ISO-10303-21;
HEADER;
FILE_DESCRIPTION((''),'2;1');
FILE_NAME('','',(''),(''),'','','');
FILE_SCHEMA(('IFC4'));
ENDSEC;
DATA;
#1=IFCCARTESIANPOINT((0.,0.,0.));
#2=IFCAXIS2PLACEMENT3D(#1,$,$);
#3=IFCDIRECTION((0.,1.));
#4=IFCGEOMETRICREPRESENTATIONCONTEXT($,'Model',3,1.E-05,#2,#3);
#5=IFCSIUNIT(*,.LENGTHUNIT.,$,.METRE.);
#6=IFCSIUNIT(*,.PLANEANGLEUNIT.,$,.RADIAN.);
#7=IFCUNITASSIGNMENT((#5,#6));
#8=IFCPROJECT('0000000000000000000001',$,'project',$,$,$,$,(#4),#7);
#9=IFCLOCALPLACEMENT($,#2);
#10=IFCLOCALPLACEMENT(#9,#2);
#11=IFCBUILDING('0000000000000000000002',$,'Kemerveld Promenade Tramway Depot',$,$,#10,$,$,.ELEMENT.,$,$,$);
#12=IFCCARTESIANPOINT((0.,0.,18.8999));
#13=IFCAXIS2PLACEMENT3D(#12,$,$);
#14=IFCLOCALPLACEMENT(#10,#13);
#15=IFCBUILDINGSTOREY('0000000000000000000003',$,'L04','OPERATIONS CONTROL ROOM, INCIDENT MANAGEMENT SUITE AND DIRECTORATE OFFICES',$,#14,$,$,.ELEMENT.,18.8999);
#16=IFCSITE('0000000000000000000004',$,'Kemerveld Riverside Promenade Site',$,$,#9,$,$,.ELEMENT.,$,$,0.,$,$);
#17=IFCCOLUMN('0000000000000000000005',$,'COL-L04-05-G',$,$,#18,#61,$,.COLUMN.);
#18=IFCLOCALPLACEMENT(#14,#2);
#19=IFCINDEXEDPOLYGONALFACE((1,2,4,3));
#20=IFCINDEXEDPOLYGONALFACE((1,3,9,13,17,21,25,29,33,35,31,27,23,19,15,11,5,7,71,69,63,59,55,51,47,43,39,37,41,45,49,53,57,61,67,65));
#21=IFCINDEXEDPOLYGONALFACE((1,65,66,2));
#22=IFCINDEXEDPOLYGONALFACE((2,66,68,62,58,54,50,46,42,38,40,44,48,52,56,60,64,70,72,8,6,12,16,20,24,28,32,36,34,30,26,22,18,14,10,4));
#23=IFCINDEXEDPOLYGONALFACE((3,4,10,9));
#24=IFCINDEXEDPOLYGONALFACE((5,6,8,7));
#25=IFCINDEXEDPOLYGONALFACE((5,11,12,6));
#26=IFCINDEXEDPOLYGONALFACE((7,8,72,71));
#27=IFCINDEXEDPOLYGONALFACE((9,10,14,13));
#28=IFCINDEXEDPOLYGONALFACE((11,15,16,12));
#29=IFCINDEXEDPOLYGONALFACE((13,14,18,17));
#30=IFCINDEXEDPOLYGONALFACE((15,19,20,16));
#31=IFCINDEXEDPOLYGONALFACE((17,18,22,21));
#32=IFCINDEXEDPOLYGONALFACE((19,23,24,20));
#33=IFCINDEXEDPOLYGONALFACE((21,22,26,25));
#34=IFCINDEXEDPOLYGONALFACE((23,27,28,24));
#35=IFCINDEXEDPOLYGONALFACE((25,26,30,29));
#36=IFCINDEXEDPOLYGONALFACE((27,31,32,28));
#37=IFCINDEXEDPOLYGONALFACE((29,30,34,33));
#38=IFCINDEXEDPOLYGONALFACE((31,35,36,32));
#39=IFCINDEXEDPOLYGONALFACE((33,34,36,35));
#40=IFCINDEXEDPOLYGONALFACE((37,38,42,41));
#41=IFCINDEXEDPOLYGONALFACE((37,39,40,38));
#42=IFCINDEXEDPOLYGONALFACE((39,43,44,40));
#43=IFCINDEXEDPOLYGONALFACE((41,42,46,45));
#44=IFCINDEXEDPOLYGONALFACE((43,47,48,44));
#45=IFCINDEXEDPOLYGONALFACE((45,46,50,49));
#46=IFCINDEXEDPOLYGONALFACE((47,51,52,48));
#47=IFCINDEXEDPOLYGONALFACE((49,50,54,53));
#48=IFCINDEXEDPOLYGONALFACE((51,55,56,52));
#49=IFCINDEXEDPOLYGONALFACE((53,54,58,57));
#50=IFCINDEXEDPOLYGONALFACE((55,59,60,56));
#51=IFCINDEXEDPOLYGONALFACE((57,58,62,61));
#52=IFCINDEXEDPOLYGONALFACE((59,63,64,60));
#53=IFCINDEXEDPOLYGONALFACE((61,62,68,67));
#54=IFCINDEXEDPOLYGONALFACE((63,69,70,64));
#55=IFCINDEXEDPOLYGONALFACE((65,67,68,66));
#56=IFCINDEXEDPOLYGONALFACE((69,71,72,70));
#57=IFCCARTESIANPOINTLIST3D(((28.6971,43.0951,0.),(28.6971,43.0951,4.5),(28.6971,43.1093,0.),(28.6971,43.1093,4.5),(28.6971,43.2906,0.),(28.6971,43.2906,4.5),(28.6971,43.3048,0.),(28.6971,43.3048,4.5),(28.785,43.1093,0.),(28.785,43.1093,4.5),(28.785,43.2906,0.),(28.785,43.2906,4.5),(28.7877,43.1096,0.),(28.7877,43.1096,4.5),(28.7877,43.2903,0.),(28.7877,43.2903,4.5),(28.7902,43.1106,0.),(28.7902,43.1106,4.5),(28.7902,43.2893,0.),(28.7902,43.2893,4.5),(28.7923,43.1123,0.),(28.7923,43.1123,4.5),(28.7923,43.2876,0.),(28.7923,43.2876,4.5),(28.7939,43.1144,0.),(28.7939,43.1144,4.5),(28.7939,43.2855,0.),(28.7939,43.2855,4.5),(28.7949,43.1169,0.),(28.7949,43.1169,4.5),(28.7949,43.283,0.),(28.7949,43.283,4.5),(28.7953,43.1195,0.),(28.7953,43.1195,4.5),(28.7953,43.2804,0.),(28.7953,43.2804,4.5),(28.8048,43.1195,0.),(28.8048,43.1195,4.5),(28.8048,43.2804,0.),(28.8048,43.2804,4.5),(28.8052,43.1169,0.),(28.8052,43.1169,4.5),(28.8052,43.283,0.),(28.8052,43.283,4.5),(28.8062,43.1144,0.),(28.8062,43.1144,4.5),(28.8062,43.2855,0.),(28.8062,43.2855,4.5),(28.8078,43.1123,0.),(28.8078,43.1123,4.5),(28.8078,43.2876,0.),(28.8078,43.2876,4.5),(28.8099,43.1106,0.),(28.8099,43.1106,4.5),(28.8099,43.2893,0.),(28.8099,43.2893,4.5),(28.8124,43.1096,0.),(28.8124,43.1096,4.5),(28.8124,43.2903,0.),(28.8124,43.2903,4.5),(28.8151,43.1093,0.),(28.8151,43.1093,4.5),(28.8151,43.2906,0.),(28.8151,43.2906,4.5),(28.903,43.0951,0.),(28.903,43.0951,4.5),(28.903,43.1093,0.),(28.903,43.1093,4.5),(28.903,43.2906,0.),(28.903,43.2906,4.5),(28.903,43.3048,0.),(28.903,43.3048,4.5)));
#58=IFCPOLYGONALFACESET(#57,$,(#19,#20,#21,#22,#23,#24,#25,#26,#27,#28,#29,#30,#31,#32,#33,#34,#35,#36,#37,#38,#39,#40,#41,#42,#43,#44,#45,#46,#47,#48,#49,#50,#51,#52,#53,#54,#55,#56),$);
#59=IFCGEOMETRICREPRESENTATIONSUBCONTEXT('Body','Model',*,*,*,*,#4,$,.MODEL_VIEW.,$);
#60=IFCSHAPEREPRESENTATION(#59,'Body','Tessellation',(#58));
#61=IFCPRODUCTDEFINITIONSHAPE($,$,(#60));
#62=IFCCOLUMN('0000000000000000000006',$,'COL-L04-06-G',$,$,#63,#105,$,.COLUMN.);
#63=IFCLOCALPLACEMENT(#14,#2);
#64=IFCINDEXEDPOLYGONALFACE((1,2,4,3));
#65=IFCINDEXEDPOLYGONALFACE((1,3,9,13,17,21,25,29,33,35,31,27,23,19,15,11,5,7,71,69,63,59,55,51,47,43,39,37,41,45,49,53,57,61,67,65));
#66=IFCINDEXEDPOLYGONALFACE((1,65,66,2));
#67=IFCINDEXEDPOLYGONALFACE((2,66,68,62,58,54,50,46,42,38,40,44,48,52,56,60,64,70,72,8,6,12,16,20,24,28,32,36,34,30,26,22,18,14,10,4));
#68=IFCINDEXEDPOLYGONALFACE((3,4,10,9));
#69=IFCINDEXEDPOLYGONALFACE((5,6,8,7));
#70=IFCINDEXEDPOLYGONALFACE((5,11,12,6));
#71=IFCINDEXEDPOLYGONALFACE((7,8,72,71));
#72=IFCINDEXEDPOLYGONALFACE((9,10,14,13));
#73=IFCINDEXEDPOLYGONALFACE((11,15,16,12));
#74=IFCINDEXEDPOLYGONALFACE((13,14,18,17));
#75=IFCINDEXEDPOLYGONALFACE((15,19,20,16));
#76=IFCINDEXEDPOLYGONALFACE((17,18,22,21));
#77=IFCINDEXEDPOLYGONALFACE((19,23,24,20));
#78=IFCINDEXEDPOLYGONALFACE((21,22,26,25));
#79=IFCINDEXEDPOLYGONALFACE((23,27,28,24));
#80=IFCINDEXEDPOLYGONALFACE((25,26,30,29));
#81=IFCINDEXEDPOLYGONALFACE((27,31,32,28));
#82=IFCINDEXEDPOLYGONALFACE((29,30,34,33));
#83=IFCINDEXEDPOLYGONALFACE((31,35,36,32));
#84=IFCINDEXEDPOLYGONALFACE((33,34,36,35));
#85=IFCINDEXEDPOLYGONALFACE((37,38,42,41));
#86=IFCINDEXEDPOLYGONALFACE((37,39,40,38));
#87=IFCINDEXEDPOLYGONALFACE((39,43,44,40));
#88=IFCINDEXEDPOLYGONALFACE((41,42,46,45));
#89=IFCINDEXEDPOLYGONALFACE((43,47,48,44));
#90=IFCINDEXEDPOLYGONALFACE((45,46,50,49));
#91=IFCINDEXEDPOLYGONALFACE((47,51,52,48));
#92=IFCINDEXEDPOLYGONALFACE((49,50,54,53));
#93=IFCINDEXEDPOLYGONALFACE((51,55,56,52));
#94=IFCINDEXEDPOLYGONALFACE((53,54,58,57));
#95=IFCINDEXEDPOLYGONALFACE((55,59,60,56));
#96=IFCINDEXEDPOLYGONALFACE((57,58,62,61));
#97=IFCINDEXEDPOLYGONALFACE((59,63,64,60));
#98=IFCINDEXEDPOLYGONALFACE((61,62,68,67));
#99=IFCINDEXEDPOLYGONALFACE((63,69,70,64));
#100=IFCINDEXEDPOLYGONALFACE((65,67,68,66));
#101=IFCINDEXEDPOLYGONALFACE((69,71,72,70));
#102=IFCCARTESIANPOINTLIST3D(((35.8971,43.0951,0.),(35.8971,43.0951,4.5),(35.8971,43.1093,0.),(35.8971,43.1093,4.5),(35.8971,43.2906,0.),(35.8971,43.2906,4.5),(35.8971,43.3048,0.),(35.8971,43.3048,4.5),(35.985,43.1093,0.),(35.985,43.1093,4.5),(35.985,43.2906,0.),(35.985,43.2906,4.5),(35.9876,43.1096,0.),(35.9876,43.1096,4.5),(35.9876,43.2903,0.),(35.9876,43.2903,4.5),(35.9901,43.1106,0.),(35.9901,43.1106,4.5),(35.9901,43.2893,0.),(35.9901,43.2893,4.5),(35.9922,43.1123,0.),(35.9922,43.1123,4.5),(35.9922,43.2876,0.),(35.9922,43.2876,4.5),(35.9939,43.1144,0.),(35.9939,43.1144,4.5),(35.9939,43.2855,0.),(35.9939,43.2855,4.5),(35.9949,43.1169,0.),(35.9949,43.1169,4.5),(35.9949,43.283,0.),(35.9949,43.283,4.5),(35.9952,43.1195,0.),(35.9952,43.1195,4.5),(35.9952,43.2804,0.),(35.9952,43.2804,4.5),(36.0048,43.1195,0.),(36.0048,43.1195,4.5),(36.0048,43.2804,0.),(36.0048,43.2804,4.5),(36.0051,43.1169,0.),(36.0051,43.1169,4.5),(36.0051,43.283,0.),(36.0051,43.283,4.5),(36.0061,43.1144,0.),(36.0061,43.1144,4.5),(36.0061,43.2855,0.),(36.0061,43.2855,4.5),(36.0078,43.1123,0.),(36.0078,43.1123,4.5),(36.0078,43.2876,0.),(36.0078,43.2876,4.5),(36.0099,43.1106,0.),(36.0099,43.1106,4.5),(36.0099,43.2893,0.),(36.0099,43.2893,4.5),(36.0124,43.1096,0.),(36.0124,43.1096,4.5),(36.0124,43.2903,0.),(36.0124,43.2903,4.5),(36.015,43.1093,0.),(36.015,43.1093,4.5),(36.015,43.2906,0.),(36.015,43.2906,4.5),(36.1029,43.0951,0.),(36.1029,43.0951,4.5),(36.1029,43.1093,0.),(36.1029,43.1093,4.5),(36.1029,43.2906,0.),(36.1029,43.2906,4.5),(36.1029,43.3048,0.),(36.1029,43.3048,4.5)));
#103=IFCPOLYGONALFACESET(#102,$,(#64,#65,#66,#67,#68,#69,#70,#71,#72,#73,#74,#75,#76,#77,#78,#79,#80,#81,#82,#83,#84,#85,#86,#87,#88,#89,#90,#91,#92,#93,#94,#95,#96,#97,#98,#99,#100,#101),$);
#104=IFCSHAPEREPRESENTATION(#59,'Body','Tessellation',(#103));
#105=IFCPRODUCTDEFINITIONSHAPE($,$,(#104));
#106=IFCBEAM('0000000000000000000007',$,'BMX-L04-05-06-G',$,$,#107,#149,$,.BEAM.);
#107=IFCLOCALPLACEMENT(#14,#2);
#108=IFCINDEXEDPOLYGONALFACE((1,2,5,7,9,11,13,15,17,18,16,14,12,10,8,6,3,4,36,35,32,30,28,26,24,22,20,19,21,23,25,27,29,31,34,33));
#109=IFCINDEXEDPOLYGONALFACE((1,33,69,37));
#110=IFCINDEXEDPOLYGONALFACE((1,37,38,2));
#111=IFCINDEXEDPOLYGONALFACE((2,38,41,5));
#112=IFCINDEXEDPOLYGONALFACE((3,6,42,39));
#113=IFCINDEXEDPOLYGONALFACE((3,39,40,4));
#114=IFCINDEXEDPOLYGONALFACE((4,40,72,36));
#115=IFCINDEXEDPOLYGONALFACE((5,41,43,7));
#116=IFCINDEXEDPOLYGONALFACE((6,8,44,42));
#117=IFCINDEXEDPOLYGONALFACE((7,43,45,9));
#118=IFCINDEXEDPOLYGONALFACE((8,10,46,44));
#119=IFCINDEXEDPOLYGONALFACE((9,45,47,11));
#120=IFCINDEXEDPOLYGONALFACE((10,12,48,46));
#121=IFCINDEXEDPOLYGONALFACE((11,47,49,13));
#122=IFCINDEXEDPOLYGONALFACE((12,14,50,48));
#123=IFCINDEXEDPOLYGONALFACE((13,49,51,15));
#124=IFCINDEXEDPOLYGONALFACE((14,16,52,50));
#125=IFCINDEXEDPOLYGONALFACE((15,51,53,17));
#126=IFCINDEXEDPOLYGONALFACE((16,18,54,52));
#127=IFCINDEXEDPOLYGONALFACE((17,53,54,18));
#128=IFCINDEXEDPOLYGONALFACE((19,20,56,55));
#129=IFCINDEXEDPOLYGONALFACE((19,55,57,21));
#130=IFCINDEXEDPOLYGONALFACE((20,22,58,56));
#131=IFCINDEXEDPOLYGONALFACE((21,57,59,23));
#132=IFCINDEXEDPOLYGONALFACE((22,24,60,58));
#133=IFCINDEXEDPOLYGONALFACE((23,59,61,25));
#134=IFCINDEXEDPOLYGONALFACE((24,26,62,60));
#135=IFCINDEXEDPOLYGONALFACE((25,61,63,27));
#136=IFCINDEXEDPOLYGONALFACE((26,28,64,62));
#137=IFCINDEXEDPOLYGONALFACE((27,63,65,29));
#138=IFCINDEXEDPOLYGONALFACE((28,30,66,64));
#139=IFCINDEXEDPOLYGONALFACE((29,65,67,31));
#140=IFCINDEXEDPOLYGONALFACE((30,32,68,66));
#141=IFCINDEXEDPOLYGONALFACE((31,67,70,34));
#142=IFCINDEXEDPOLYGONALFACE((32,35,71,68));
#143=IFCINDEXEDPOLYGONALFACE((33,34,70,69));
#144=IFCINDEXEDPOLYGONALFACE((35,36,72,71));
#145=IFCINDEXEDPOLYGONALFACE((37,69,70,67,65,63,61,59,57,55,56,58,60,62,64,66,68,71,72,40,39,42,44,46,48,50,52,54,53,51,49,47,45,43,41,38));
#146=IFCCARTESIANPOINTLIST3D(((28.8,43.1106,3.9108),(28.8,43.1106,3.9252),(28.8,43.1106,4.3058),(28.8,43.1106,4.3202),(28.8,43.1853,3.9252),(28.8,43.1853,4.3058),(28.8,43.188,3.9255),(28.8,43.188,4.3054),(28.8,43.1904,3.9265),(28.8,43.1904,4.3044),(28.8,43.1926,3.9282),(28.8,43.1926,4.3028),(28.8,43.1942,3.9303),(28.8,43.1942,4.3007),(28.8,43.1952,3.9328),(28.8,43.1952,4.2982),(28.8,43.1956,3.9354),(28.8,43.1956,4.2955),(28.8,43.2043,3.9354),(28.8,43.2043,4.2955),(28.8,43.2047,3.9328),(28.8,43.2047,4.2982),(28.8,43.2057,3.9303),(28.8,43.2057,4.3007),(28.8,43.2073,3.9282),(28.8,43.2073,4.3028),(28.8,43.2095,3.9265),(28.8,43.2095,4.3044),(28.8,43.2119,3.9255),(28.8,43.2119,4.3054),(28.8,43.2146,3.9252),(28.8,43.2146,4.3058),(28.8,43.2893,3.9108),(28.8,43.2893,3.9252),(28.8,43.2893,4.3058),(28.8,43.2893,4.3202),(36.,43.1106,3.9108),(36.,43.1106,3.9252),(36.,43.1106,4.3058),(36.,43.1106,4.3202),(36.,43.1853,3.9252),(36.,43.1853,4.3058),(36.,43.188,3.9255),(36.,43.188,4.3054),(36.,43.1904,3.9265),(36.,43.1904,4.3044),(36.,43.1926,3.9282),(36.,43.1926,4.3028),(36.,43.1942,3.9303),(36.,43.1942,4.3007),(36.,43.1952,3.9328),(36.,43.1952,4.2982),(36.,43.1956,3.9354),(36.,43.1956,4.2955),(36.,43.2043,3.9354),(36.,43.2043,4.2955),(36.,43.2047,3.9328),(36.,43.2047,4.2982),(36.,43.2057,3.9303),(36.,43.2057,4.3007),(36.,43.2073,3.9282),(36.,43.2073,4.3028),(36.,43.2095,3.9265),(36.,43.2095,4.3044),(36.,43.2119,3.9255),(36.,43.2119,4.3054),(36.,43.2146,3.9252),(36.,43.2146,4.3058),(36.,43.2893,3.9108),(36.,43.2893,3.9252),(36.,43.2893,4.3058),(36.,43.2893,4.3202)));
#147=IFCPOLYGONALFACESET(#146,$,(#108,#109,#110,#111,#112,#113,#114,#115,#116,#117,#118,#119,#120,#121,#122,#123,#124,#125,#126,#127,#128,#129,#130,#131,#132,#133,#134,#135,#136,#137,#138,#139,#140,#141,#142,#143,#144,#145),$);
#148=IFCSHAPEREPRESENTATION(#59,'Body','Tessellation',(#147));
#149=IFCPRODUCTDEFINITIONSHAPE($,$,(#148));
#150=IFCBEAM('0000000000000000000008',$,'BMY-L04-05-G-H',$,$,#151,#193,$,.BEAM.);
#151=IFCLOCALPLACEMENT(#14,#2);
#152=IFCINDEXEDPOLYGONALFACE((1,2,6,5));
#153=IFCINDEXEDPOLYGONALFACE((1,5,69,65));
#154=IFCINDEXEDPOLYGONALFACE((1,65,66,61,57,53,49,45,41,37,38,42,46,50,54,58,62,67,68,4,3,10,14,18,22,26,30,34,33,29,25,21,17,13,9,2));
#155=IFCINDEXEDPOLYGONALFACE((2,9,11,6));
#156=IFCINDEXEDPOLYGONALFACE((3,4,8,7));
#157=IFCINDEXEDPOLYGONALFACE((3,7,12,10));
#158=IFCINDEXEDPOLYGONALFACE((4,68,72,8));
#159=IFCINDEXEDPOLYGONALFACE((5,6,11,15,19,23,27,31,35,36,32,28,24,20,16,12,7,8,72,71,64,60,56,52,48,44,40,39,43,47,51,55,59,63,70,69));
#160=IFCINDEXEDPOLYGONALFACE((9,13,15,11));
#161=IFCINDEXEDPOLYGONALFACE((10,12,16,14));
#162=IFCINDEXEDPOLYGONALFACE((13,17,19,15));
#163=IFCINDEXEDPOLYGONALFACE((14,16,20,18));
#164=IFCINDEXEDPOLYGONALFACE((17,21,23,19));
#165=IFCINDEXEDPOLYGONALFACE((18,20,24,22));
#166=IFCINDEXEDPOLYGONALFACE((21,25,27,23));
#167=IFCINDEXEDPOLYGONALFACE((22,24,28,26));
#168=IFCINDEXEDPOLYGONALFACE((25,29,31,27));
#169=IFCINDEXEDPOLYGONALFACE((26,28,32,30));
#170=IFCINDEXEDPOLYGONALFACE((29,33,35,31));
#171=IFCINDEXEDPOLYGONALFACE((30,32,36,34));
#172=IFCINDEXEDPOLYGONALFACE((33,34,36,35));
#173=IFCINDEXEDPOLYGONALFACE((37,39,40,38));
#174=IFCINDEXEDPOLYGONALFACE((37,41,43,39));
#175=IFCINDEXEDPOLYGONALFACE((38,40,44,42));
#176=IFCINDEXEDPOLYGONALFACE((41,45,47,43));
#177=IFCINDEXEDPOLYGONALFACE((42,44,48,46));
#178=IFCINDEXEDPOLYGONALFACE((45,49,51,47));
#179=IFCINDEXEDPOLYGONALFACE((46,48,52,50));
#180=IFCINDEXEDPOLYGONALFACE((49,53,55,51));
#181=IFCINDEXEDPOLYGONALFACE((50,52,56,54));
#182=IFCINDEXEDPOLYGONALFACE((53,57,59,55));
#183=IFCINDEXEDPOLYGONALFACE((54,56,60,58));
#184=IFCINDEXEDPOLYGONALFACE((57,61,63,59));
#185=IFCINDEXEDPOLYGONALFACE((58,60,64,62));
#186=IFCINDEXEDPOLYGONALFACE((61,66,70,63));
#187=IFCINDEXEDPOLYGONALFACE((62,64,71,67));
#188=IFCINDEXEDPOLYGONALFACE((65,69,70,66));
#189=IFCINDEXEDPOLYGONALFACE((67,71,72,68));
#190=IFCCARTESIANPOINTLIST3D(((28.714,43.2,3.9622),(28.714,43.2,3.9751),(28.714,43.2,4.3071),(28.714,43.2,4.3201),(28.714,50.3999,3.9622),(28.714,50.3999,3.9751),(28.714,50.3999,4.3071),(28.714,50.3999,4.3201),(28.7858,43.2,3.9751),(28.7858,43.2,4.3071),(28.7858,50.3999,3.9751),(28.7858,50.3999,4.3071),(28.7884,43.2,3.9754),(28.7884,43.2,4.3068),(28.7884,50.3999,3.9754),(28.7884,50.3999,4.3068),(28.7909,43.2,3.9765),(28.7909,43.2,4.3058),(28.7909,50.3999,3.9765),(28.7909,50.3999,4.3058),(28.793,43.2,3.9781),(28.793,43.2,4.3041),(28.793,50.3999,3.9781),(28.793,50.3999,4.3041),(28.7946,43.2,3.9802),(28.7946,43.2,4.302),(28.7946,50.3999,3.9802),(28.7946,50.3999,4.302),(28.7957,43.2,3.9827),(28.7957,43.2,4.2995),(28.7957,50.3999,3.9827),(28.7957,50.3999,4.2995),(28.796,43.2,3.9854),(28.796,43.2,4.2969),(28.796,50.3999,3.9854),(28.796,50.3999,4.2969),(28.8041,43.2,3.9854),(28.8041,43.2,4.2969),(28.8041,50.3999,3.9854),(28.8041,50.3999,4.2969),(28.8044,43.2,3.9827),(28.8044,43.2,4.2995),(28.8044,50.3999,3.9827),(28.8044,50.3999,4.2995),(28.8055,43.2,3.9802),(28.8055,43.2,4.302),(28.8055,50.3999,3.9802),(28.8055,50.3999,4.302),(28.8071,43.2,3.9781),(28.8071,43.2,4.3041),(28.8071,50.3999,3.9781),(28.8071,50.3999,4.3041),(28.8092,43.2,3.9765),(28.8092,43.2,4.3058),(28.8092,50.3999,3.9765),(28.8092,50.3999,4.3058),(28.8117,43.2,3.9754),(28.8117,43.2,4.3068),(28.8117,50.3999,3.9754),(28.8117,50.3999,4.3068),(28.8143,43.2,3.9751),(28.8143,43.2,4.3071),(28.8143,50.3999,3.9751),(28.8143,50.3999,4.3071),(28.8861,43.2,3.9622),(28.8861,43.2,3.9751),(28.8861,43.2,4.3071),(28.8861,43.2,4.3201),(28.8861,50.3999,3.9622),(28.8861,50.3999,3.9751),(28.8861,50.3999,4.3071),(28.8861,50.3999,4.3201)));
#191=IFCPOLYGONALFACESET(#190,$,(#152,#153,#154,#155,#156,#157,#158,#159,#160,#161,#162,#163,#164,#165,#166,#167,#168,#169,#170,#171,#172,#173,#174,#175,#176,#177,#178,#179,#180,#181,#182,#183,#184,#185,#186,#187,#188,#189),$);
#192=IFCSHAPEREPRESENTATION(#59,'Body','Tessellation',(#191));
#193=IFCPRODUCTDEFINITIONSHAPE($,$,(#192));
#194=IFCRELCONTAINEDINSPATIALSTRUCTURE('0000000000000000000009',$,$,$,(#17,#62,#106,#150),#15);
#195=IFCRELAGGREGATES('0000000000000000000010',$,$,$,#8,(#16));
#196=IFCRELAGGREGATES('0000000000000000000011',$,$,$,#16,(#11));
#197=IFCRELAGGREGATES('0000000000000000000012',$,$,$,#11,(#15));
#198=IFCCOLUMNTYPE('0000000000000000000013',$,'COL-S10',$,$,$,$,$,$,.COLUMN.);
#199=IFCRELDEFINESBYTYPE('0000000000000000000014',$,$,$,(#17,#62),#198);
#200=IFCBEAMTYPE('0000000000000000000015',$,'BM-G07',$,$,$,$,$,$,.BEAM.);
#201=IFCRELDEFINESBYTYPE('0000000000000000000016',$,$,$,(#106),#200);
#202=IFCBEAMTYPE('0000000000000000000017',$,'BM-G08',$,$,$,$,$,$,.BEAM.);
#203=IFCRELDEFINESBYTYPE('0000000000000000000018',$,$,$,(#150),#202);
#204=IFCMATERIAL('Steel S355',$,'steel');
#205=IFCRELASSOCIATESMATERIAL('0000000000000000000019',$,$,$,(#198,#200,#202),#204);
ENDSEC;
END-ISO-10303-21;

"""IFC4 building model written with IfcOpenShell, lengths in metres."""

from ifc_helpers import new_model, si_unit, direction, frame, origin, origin_2d, place, context, subcontext, project, spatial, i_section, extrude, material, material_profile, profile_set, type_object, element, save


model = new_model("IFC4")

# Units and contexts
model_context = context("Model", 3, precision=1e-05, world=origin(), true_north=direction((0.0, 1.0)))
body_context = subcontext(model_context, "Body", "Model", "MODEL_VIEW")
ifc_project = project(units=[si_unit("LENGTHUNIT", "METRE"), si_unit("PLANEANGLEUNIT", "RADIAN")], contexts=[model_context])

# Site, building, storey
site_placement = place(None, origin())
site = spatial("IfcSite", under=ifc_project, at=site_placement, Name="Kemerveld Riverside Promenade Site", CompositionType="ELEMENT", RefElevation=0.0)
building_placement = place(site_placement, origin())
building = spatial("IfcBuilding", under=site, at=building_placement, Name="Kemerveld Promenade Tramway Depot", CompositionType="ELEMENT")
storey_placement = place(building_placement, frame((0.0, 0.0, 18.8999)))
storey = spatial("IfcBuildingStorey", under=building, at=storey_placement, Name="L04", Description="OPERATIONS CONTROL ROOM, INCIDENT MANAGEMENT SUITE AND DIRECTORATE OFFICES", CompositionType="ELEMENT", Elevation=18.8999)

# Columns
ifc_material_1 = material(Name="Steel S355", Category="steel")
ifc_material_profile_1 = material_profile(ifc_material_1, i_section(OverallWidth=0.2058, OverallDepth=0.2097, WebThickness=0.0095, FlangeThickness=0.0142, FilletRadius=0.0103, at=origin_2d()), Name="203x203x60 UC")
ifc_profile_set_1 = profile_set([ifc_material_profile_1], Name="Steel S355")
column_type = type_object("IfcColumnType", Name="COL-S10", PredefinedType="COLUMN", material=ifc_profile_set_1)
for number, where, z_axis, x_axis, name in (
    (1, (28.8, 43.2, 0.0), (0.0, 0.0, 1.0), (1.0, 0.0, 0.0), "COL-L04-05-G"),
    (2, (36.0, 43.2, 0.0), (0.0, 0.0, 1.0), (1.0, 0.0, 0.0), "COL-L04-06-G"),
):
    element("IfcColumn", number, at=place(storey_placement, frame(where, z_axis=z_axis, x_axis=x_axis)), inside=storey, type_object=column_type, Name=name, PredefinedType="COLUMN", context=body_context, shape_type="SweptSolid", body=[
        extrude(i_section(OverallWidth=0.2058, OverallDepth=0.2097, WebThickness=0.0095, FlangeThickness=0.0142, FilletRadius=0.0103, at=origin_2d()), origin(), (0.0, 0.0, 1.0), 4.5),
    ])

# Beams
ifc_material_profile_2 = material_profile(ifc_material_1, i_section(OverallWidth=0.1787, OverallDepth=0.4094, WebThickness=0.0088, FlangeThickness=0.0144, FilletRadius=0.0103, at=origin_2d()), Name="406x178x67 UB")
ifc_profile_set_2 = profile_set([ifc_material_profile_2], Name="Steel S355")
beam_type_1 = type_object("IfcBeamType", Name="BM-G07", PredefinedType="BEAM", material=ifc_profile_set_2)
beam_placement = place(storey_placement, frame((28.8, 43.2, 4.1155), z_axis=(1.0, 0.0, 0.0), x_axis=(0.0, 1.0, 0.0)))
element("IfcBeam", 3, at=beam_placement, inside=storey, type_object=beam_type_1, Name="BMX-L04-05-06-G", PredefinedType="BEAM", context=body_context, shape_type="SweptSolid", body=[
    extrude(i_section(OverallWidth=0.1787, OverallDepth=0.4094, WebThickness=0.0088, FlangeThickness=0.0144, FilletRadius=0.0103, at=origin_2d()), origin(), (0.0, 0.0, 1.0), 7.2),
])
ifc_material_profile_3 = material_profile(ifc_material_1, i_section(OverallWidth=0.1721, OverallDepth=0.3579, WebThickness=0.0081, FlangeThickness=0.0129, FilletRadius=0.0103, at=origin_2d()), Name="356x171x57 UB")
ifc_profile_set_3 = profile_set([ifc_material_profile_3], Name="Steel S355")
beam_type_2 = type_object("IfcBeamType", Name="BM-G08", PredefinedType="BEAM", material=ifc_profile_set_3)
for number, where, z_axis, x_axis, name in (
    (4, (28.8, 43.2, 4.1411), (0.0, 1.0, 0.0), (-1.0, 0.0, 0.0), "BMY-L04-05-G-H"),
):
    element("IfcBeam", number, at=place(storey_placement, frame(where, z_axis=z_axis, x_axis=x_axis)), inside=storey, type_object=beam_type_2, Name=name, PredefinedType="BEAM", context=body_context, shape_type="SweptSolid", body=[
        extrude(i_section(OverallWidth=0.1721, OverallDepth=0.3579, WebThickness=0.0081, FlangeThickness=0.0129, FilletRadius=0.0103, at=origin_2d()), origin(), (0.0, 0.0, 1.0), 7.2),
    ])

save(model, "model.ifc")
